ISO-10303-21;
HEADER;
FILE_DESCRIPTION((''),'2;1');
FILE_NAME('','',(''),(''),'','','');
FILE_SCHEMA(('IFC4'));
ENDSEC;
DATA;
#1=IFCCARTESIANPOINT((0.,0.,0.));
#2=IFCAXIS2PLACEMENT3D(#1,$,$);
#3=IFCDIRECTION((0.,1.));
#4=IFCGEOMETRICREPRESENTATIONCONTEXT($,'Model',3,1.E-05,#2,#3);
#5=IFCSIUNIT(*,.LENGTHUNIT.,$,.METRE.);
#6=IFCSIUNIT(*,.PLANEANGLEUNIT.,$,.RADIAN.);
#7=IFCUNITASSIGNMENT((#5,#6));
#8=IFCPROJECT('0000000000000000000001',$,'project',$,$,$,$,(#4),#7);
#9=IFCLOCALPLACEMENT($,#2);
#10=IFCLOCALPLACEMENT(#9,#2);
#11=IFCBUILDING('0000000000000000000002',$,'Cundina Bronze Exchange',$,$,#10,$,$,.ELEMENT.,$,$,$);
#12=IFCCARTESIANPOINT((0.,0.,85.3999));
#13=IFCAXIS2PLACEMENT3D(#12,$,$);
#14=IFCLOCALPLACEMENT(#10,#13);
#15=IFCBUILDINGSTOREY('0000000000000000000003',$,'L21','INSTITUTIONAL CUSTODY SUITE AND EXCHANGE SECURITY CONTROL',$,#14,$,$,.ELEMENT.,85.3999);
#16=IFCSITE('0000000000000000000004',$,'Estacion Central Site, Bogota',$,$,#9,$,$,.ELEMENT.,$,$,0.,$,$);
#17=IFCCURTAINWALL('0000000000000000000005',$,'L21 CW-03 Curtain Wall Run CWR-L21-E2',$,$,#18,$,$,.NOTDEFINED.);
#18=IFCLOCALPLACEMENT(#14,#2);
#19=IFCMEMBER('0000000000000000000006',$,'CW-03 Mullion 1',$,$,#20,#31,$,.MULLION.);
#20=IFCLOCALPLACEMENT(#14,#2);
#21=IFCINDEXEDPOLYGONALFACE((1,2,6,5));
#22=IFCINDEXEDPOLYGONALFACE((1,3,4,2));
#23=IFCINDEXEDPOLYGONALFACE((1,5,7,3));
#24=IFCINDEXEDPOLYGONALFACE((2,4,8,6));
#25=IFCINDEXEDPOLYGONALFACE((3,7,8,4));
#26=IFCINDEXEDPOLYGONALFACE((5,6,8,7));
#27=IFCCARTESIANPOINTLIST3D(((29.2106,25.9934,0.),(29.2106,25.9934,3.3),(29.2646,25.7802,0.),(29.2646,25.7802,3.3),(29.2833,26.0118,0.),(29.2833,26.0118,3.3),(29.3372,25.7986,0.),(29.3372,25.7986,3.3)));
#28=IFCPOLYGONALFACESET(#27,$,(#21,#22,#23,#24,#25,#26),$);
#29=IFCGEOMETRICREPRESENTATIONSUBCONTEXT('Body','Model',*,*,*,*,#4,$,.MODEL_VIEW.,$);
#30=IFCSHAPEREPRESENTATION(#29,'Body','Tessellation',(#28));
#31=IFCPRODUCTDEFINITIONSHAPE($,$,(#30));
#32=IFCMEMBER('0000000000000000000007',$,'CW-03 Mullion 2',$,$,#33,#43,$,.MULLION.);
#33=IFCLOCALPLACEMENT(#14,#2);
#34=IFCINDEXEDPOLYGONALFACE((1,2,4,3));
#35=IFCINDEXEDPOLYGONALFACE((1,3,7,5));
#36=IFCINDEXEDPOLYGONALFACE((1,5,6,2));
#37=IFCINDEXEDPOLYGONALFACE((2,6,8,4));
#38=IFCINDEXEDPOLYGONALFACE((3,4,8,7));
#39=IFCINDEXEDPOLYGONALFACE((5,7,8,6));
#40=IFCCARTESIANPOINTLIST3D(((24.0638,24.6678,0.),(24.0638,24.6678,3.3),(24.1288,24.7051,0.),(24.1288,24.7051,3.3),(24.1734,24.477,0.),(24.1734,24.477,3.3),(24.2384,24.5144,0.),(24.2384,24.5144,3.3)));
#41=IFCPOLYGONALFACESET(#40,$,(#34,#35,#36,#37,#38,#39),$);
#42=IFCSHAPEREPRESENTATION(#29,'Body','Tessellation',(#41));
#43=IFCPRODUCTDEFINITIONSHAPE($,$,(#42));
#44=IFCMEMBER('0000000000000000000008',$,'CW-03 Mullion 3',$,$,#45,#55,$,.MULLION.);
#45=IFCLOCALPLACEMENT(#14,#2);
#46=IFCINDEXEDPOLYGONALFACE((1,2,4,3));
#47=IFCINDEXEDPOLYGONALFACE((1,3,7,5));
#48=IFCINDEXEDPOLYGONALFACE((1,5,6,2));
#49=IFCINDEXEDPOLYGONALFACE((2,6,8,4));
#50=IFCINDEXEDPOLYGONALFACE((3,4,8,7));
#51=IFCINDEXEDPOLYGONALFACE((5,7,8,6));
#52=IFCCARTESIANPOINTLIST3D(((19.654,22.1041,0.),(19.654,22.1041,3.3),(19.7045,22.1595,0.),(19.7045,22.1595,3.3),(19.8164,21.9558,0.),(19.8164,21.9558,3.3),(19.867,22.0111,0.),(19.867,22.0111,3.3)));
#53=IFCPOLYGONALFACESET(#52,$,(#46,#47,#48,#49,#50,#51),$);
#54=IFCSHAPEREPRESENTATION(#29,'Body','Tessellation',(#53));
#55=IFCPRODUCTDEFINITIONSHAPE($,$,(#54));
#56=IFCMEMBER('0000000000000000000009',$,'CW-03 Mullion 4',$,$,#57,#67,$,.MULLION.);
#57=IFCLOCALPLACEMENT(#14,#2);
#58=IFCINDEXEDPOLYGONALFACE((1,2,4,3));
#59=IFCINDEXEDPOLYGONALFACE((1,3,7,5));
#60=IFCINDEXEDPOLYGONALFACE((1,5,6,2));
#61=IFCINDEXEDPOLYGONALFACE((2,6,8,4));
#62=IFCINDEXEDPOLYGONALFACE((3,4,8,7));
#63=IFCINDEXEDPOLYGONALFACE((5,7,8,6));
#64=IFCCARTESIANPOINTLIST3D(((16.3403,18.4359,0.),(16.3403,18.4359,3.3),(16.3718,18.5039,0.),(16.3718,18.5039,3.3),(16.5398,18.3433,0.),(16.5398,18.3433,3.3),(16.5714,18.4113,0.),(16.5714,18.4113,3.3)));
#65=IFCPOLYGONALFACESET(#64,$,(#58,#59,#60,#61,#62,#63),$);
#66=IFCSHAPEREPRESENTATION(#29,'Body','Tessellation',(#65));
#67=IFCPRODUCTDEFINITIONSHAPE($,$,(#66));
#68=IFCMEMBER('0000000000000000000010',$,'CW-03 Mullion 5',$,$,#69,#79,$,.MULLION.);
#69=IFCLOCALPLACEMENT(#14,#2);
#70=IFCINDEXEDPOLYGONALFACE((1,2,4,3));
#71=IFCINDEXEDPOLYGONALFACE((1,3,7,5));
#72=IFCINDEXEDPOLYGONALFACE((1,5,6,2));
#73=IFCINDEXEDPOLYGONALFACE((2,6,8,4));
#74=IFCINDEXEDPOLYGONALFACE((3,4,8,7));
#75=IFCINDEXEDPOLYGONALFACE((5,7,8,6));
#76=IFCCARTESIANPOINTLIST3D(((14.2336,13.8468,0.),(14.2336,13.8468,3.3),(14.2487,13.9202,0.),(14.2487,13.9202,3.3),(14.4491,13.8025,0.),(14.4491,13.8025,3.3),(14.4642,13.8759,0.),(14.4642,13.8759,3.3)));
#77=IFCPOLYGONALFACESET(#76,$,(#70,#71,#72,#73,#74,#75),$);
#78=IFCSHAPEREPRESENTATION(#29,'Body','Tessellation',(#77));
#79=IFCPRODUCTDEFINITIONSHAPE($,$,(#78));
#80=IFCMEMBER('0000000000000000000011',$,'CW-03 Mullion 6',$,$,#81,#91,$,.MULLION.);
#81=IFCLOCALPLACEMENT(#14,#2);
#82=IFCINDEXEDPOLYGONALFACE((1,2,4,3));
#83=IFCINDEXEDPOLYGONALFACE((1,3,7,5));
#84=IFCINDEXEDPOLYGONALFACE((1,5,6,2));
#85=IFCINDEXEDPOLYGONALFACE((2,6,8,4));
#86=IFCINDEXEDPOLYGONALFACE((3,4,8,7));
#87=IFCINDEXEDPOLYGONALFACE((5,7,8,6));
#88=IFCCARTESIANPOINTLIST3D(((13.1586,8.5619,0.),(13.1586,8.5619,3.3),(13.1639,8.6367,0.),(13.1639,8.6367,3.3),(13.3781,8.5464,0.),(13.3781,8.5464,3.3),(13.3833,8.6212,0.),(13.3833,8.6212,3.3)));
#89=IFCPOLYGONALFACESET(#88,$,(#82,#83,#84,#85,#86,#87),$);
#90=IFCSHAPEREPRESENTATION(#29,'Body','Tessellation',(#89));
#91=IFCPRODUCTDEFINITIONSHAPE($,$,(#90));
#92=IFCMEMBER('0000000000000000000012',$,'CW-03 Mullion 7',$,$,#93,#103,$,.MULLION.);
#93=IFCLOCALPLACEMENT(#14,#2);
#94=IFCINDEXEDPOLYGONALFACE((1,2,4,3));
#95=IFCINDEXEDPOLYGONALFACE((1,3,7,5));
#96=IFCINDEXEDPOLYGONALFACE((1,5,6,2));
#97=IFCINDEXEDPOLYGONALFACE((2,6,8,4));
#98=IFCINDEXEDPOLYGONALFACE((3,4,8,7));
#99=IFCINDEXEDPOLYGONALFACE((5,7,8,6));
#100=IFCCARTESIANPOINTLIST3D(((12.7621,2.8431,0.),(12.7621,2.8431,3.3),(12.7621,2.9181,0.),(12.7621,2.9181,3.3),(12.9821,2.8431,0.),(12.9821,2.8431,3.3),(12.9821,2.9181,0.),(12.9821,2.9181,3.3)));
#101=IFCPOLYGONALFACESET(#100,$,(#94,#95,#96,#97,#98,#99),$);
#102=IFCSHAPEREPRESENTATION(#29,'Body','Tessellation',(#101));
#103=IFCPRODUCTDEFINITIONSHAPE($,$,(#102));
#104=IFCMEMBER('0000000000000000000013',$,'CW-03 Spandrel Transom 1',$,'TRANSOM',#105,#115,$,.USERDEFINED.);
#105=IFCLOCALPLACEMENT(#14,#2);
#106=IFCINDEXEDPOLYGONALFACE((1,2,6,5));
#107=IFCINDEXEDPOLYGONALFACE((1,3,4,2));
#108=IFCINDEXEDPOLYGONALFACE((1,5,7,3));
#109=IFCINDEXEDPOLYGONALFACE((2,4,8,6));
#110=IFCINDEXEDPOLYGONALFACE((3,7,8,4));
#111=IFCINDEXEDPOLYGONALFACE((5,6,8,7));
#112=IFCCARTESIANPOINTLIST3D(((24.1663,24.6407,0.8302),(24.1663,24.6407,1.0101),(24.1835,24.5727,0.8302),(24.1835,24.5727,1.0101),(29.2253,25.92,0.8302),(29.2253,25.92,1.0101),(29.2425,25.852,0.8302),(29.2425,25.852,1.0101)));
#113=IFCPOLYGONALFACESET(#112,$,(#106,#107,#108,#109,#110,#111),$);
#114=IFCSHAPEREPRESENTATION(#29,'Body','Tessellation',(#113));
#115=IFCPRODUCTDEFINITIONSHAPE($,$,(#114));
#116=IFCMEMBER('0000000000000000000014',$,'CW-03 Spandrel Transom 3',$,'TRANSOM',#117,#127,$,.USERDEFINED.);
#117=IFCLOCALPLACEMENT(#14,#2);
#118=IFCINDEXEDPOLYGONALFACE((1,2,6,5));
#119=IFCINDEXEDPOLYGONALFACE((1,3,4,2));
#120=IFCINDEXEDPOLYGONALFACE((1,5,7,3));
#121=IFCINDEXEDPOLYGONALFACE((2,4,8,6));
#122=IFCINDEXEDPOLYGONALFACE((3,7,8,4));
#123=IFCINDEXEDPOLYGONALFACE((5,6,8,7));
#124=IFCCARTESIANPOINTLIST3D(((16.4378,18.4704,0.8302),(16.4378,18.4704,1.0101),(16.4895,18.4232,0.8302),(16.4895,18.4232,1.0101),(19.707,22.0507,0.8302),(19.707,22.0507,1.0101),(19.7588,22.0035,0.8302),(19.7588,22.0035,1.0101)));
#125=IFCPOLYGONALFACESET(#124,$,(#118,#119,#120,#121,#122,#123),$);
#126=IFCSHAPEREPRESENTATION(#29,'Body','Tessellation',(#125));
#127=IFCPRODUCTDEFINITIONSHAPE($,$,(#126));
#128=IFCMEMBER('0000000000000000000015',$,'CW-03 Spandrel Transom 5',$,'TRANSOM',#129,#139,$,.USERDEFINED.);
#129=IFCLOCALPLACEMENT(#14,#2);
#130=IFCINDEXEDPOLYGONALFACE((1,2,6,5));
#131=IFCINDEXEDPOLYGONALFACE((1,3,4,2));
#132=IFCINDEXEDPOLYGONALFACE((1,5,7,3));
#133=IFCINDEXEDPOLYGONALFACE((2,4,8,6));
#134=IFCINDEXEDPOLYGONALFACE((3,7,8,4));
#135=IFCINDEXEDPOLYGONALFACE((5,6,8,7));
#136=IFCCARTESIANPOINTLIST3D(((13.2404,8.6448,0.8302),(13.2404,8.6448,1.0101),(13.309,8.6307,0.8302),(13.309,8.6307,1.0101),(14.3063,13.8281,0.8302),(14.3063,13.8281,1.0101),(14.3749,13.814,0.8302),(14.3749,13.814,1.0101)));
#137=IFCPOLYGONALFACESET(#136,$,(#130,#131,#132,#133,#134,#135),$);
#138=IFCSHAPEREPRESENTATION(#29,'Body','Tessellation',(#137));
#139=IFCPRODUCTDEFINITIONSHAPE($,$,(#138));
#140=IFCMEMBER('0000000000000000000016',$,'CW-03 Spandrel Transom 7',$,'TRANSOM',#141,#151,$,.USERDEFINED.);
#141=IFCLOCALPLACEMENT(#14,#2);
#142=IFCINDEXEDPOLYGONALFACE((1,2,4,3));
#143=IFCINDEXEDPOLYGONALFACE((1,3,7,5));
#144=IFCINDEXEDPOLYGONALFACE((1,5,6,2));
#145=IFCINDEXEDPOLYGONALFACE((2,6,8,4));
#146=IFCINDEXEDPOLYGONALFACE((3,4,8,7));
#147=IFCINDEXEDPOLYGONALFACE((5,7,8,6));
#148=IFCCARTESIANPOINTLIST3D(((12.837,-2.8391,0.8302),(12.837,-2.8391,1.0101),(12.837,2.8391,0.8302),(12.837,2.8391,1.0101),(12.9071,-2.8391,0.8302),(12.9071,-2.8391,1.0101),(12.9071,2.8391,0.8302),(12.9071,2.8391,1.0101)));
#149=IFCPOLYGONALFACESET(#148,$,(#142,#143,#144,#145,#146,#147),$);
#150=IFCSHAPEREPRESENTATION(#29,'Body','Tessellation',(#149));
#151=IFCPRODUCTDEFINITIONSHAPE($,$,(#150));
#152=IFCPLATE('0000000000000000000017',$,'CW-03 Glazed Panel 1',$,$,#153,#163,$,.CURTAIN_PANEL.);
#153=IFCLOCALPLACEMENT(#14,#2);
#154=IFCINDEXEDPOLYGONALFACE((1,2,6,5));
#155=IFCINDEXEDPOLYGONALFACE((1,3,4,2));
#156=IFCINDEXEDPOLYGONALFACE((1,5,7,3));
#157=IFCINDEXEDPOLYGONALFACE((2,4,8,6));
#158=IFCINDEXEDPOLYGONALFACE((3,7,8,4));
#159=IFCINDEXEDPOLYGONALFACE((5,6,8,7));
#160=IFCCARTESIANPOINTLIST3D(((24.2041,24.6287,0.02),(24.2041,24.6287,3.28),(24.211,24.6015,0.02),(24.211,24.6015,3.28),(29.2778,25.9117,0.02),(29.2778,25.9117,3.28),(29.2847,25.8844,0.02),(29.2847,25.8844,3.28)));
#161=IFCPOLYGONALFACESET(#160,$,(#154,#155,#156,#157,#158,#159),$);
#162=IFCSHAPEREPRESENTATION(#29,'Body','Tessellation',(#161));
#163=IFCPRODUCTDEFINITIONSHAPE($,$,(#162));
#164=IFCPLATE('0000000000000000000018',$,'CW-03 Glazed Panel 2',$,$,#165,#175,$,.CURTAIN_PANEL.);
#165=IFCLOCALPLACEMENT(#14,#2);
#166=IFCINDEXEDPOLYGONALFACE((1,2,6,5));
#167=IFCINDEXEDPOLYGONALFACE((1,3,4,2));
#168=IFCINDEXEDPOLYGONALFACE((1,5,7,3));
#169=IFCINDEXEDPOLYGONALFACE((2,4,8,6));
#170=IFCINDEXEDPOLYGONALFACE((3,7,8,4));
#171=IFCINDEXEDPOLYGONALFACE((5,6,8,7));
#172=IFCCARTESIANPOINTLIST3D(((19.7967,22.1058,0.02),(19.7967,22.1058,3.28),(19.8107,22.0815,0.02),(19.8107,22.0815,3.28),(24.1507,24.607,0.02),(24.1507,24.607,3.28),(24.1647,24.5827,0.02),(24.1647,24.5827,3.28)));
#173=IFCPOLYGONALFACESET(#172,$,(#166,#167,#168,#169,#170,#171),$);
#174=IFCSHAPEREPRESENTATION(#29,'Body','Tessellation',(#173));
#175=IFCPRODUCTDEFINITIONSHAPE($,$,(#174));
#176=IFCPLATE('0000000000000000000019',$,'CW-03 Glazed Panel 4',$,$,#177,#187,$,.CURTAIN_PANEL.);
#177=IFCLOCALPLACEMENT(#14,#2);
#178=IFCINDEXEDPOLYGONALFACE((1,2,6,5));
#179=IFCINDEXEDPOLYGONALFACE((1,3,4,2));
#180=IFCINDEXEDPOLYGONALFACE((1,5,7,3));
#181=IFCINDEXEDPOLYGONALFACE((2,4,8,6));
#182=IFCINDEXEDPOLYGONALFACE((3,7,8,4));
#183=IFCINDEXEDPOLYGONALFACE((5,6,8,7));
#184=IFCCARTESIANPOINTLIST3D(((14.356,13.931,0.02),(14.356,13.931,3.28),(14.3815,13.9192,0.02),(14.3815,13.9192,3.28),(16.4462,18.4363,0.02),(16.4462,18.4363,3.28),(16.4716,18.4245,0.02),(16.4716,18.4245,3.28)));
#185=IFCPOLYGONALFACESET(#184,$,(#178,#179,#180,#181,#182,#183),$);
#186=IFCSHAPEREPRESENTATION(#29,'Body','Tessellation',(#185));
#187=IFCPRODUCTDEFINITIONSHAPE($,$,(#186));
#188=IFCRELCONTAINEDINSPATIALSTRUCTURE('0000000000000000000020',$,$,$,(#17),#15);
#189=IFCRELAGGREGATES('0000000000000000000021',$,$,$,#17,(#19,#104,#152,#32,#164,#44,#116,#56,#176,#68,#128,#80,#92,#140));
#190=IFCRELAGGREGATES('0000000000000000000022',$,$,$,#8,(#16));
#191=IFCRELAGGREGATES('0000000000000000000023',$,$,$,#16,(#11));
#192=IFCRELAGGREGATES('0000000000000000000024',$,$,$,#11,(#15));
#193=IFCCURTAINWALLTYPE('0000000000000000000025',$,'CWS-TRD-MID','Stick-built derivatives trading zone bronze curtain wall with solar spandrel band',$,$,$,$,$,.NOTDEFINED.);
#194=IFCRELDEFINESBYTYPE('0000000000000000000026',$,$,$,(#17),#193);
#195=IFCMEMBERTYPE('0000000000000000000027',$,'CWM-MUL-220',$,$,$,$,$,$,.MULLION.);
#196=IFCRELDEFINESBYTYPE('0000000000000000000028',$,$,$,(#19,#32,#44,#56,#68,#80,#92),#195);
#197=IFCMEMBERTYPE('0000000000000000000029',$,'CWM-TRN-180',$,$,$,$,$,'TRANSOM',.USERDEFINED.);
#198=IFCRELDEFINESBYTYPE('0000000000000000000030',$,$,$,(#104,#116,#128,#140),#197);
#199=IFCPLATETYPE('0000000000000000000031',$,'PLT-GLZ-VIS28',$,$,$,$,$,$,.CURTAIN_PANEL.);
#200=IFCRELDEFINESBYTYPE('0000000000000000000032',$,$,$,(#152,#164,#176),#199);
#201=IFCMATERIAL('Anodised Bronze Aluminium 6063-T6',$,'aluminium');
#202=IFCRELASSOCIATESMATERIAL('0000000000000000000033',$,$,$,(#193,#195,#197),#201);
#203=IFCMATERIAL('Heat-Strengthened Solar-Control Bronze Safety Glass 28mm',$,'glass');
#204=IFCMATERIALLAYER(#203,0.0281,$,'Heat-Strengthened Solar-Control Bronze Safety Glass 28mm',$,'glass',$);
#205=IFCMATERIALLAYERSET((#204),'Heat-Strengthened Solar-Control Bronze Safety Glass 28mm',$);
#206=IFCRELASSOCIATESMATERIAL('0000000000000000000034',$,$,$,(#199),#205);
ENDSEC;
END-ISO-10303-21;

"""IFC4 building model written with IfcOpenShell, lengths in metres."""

from ifc_helpers import new_model, si_unit, direction, frame, origin, origin_2d, place, context, subcontext, project, spatial, rectangle, extrude, material, layer, layer_set, material_profile, profile_set, type_object, element, aggregate, save


model = new_model("IFC4")

# Units and contexts
model_context = context("Model", 3, precision=1e-05, world=origin(), true_north=direction((0.0, 1.0)))
body_context = subcontext(model_context, "Body", "Model", "MODEL_VIEW")
ifc_project = project(units=[si_unit("LENGTHUNIT", "METRE"), si_unit("PLANEANGLEUNIT", "RADIAN")], contexts=[model_context])

# Site, building, storey
site_placement = place(None, origin())
site = spatial("IfcSite", under=ifc_project, at=site_placement, Name="Estacion Central Site, Bogota", CompositionType="ELEMENT", RefElevation=0.0)
building_placement = place(site_placement, origin())
building = spatial("IfcBuilding", under=site, at=building_placement, Name="Cundina Bronze Exchange", CompositionType="ELEMENT")
storey_placement = place(building_placement, frame((0.0, 0.0, 85.3999)))
storey = spatial("IfcBuildingStorey", under=building, at=storey_placement, Name="L21", Description="INSTITUTIONAL CUSTODY SUITE AND EXCHANGE SECURITY CONTROL", CompositionType="ELEMENT", Elevation=85.3999)

# Shared definitions
ifc_material_1 = material(Name="Anodised Bronze Aluminium 6063-T6", Category="aluminium")
curtain_wall_type = type_object("IfcCurtainWallType", Name="CWS-TRD-MID", Description="Stick-built derivatives trading zone bronze curtain wall with solar spandrel band", PredefinedType="NOTDEFINED", material=ifc_material_1)
ifc_material_profile_1 = material_profile(ifc_material_1, rectangle(XDim=0.075, YDim=0.22, at=origin_2d()), Name="AL75X220", Category="aluminium")
ifc_profile_set_1 = profile_set([ifc_material_profile_1], Name="Anodised Bronze Aluminium 6063-T6")
member_type_1 = type_object("IfcMemberType", Name="CWM-MUL-220", PredefinedType="MULLION", material=ifc_profile_set_1)

# Curtain wall, members, plates
curtain_wall_1_placement = place(storey_placement, origin())
curtain_wall_1 = element("IfcCurtainWall", 1, at=curtain_wall_1_placement, inside=storey, type_object=curtain_wall_type, Name="L21 CW-03 Curtain Wall Run CWR-L21-E2", PredefinedType="NOTDEFINED")
member_1_placement = place(storey_placement, frame((29.2739, 25.896, 0.0), z_axis=(0.0, 0.0, 1.0), x_axis=(-0.969488, -0.245138, 0.0)))
member_1 = element("IfcMember", 2, at=member_1_placement, type_object=member_type_1, Name="CW-03 Mullion 1", PredefinedType="MULLION", context=body_context, shape_type="SweptSolid", body=[
    extrude(rectangle(XDim=0.075, YDim=0.22, at=origin_2d()), origin(), (0.0, 0.0, 1.0), 3.3),
])
member_2_placement = place(storey_placement, frame((24.1511, 24.5911, 0.0), z_axis=(0.0, 0.0, 1.0), x_axis=(-0.867071, -0.498185, 0.0)))
member_2 = element("IfcMember", 3, at=member_2_placement, type_object=member_type_1, Name="CW-03 Mullion 2", PredefinedType="MULLION", context=body_context, shape_type="SweptSolid", body=[
    extrude(rectangle(XDim=0.075, YDim=0.22, at=origin_2d()), origin(), (0.0, 0.0, 1.0), 3.3),
])
member_3_placement = place(storey_placement, frame((19.7605, 22.0576, 0.0), z_axis=(0.0, 0.0, 1.0), x_axis=(-0.674302, -0.738455, 0.0)))
member_3 = element("IfcMember", 4, at=member_3_placement, type_object=member_type_1, Name="CW-03 Mullion 3", PredefinedType="MULLION", context=body_context, shape_type="SweptSolid", body=[
    extrude(rectangle(XDim=0.075, YDim=0.22, at=origin_2d()), origin(), (0.0, 0.0, 1.0), 3.3),
])
member_4_placement = place(storey_placement, frame((16.4558, 18.4236, 0.0), z_axis=(0.0, 0.0, 1.0), x_axis=(-0.420877, -0.907117, 0.0)))
member_4 = element("IfcMember", 5, at=member_4_placement, type_object=member_type_1, Name="CW-03 Mullion 4", PredefinedType="MULLION", context=body_context, shape_type="SweptSolid", body=[
    extrude(rectangle(XDim=0.075, YDim=0.22, at=origin_2d()), origin(), (0.0, 0.0, 1.0), 3.3),
])
member_5_placement = place(storey_placement, frame((14.3489, 13.8613, 0.0), z_axis=(0.0, 0.0, 1.0), x_axis=(-0.20142, -0.979505, 0.0)))
member_5 = element("IfcMember", 6, at=member_5_placement, type_object=member_type_1, Name="CW-03 Mullion 5", PredefinedType="MULLION", context=body_context, shape_type="SweptSolid", body=[
    extrude(rectangle(XDim=0.075, YDim=0.22, at=origin_2d()), origin(), (0.0, 0.0, 1.0), 3.3),
])
member_6_placement = place(storey_placement, frame((13.271, 8.5916, 0.0), z_axis=(0.0, 0.0, 1.0), x_axis=(-0.070279, -0.997527, 0.0)))
member_6 = element("IfcMember", 7, at=member_6_placement, type_object=member_type_1, Name="CW-03 Mullion 6", PredefinedType="MULLION", context=body_context, shape_type="SweptSolid", body=[
    extrude(rectangle(XDim=0.075, YDim=0.22, at=origin_2d()), origin(), (0.0, 0.0, 1.0), 3.3),
])
member_7_placement = place(storey_placement, frame((12.8721, 2.8806, 0.0), z_axis=(0.0, 0.0, 1.0), x_axis=(0.0, -1.0, 0.0)))
member_7 = element("IfcMember", 8, at=member_7_placement, type_object=member_type_1, Name="CW-03 Mullion 7", PredefinedType="MULLION", context=body_context, shape_type="SweptSolid", body=[
    extrude(rectangle(XDim=0.075, YDim=0.22, at=origin_2d()), origin(), (0.0, 0.0, 1.0), 3.3),
])
ifc_material_profile_2 = material_profile(ifc_material_1, rectangle(XDim=0.0701, YDim=0.1799, at=origin_2d()), Name="AL70X180", Category="aluminium")
ifc_profile_set_2 = profile_set([ifc_material_profile_2], Name="Anodised Bronze Aluminium 6063-T6")
member_type_2 = type_object("IfcMemberType", Name="CWM-TRN-180", ElementType="TRANSOM", PredefinedType="USERDEFINED", material=ifc_profile_set_2)
member_8_placement = place(storey_placement, frame((29.2339, 25.886, 0.9202), z_axis=(-0.969484, -0.245155, 0.0), x_axis=(0.245155, -0.969484, 0.0)))
member_8 = element("IfcMember", 9, at=member_8_placement, type_object=member_type_2, Name="CW-03 Spandrel Transom 1", ObjectType="TRANSOM", PredefinedType="USERDEFINED", context=body_context, shape_type="SweptSolid", body=[
    extrude(rectangle(XDim=0.0701, YDim=0.1799, at=origin_2d()), origin(), (0.0, 0.0, 1.0), 5.2183),
])
member_9_placement = place(storey_placement, frame((19.7329, 22.0271, 0.9202), z_axis=(-0.674303, -0.738455, 0.0), x_axis=(0.738455, -0.674303, 0.0)))
member_9 = element("IfcMember", 10, at=member_9_placement, type_object=member_type_2, Name="CW-03 Spandrel Transom 3", ObjectType="TRANSOM", PredefinedType="USERDEFINED", context=body_context, shape_type="SweptSolid", body=[
    extrude(rectangle(XDim=0.0701, YDim=0.1799, at=origin_2d()), origin(), (0.0, 0.0, 1.0), 4.8484),
])
member_10_placement = place(storey_placement, frame((14.3406, 13.821, 0.9202), z_axis=(-0.201428, -0.979503, 0.0), x_axis=(0.979503, -0.201428, 0.0)))
member_10 = element("IfcMember", 11, at=member_10_placement, type_object=member_type_2, Name="CW-03 Spandrel Transom 5", ObjectType="TRANSOM", PredefinedType="USERDEFINED", context=body_context, shape_type="SweptSolid", body=[
    extrude(rectangle(XDim=0.0701, YDim=0.1799, at=origin_2d()), origin(), (0.0, 0.0, 1.0), 5.2917),
])
member_11_placement = place(storey_placement, frame((12.8721, 2.8391, 0.9202), z_axis=(0.0, -1.0, 0.0), x_axis=(1.0, 0.0, 0.0)))
member_11 = element("IfcMember", 12, at=member_11_placement, type_object=member_type_2, Name="CW-03 Spandrel Transom 7", ObjectType="TRANSOM", PredefinedType="USERDEFINED", context=body_context, shape_type="SweptSolid", body=[
    extrude(rectangle(XDim=0.0701, YDim=0.1799, at=origin_2d()), origin(), (0.0, 0.0, 1.0), 5.6782),
])
ifc_material_2 = material(Name="Heat-Strengthened Solar-Control Bronze Safety Glass 28mm", Category="glass")
ifc_layer_1 = layer(ifc_material_2, 0.0281, Name="Heat-Strengthened Solar-Control Bronze Safety Glass 28mm", Category="glass")
ifc_layer_set_1 = layer_set([ifc_layer_1], Name="Heat-Strengthened Solar-Control Bronze Safety Glass 28mm")
plate_type_1 = type_object("IfcPlateType", Name="PLT-GLZ-VIS28", PredefinedType="CURTAIN_PANEL", material=ifc_layer_set_1)
plate_1_placement = place(storey_placement, frame((26.7444, 25.2566, 0.02), z_axis=(0.0, 0.0, 1.0), x_axis=(-0.969488, -0.245138, 0.0)))
plate_1 = element("IfcPlate", 13, at=plate_1_placement, type_object=plate_type_1, Name="CW-03 Glazed Panel 1", PredefinedType="CURTAIN_PANEL", context=body_context, shape_type="SweptSolid", body=[
    extrude(rectangle(XDim=5.2334, YDim=0.0281, at=origin_2d()), origin(), (0.0, 0.0, 1.0), 3.26),
])
plate_2_placement = place(storey_placement, frame((21.9807, 23.3442, 0.02), z_axis=(0.0, 0.0, 1.0), x_axis=(-0.867105, -0.498125, 0.0)))
plate_2 = element("IfcPlate", 14, at=plate_2_placement, type_object=plate_type_1, Name="CW-03 Glazed Panel 2", PredefinedType="CURTAIN_PANEL", context=body_context, shape_type="SweptSolid", body=[
    extrude(rectangle(XDim=5.0212, YDim=0.0281, at=origin_2d()), origin(), (0.0, 0.0, 1.0), 3.26),
])
plate_3_placement = place(storey_placement, frame((15.4138, 16.1777, 0.02), z_axis=(0.0, 0.0, 1.0), x_axis=(-0.420846, -0.907132, 0.0)))
plate_3 = element("IfcPlate", 15, at=plate_3_placement, type_object=plate_type_1, Name="CW-03 Glazed Panel 4", PredefinedType="CURTAIN_PANEL", context=body_context, shape_type="SweptSolid", body=[
    extrude(rectangle(XDim=4.9666, YDim=0.0281, at=origin_2d()), origin(), (0.0, 0.0, 1.0), 3.26),
])
aggregate(curtain_wall_1, [member_1, member_8, plate_1, member_2, plate_2, member_3, member_9, member_4, plate_3, member_5, member_10, member_6, member_7, member_11])

save(model, "model.ifc")
